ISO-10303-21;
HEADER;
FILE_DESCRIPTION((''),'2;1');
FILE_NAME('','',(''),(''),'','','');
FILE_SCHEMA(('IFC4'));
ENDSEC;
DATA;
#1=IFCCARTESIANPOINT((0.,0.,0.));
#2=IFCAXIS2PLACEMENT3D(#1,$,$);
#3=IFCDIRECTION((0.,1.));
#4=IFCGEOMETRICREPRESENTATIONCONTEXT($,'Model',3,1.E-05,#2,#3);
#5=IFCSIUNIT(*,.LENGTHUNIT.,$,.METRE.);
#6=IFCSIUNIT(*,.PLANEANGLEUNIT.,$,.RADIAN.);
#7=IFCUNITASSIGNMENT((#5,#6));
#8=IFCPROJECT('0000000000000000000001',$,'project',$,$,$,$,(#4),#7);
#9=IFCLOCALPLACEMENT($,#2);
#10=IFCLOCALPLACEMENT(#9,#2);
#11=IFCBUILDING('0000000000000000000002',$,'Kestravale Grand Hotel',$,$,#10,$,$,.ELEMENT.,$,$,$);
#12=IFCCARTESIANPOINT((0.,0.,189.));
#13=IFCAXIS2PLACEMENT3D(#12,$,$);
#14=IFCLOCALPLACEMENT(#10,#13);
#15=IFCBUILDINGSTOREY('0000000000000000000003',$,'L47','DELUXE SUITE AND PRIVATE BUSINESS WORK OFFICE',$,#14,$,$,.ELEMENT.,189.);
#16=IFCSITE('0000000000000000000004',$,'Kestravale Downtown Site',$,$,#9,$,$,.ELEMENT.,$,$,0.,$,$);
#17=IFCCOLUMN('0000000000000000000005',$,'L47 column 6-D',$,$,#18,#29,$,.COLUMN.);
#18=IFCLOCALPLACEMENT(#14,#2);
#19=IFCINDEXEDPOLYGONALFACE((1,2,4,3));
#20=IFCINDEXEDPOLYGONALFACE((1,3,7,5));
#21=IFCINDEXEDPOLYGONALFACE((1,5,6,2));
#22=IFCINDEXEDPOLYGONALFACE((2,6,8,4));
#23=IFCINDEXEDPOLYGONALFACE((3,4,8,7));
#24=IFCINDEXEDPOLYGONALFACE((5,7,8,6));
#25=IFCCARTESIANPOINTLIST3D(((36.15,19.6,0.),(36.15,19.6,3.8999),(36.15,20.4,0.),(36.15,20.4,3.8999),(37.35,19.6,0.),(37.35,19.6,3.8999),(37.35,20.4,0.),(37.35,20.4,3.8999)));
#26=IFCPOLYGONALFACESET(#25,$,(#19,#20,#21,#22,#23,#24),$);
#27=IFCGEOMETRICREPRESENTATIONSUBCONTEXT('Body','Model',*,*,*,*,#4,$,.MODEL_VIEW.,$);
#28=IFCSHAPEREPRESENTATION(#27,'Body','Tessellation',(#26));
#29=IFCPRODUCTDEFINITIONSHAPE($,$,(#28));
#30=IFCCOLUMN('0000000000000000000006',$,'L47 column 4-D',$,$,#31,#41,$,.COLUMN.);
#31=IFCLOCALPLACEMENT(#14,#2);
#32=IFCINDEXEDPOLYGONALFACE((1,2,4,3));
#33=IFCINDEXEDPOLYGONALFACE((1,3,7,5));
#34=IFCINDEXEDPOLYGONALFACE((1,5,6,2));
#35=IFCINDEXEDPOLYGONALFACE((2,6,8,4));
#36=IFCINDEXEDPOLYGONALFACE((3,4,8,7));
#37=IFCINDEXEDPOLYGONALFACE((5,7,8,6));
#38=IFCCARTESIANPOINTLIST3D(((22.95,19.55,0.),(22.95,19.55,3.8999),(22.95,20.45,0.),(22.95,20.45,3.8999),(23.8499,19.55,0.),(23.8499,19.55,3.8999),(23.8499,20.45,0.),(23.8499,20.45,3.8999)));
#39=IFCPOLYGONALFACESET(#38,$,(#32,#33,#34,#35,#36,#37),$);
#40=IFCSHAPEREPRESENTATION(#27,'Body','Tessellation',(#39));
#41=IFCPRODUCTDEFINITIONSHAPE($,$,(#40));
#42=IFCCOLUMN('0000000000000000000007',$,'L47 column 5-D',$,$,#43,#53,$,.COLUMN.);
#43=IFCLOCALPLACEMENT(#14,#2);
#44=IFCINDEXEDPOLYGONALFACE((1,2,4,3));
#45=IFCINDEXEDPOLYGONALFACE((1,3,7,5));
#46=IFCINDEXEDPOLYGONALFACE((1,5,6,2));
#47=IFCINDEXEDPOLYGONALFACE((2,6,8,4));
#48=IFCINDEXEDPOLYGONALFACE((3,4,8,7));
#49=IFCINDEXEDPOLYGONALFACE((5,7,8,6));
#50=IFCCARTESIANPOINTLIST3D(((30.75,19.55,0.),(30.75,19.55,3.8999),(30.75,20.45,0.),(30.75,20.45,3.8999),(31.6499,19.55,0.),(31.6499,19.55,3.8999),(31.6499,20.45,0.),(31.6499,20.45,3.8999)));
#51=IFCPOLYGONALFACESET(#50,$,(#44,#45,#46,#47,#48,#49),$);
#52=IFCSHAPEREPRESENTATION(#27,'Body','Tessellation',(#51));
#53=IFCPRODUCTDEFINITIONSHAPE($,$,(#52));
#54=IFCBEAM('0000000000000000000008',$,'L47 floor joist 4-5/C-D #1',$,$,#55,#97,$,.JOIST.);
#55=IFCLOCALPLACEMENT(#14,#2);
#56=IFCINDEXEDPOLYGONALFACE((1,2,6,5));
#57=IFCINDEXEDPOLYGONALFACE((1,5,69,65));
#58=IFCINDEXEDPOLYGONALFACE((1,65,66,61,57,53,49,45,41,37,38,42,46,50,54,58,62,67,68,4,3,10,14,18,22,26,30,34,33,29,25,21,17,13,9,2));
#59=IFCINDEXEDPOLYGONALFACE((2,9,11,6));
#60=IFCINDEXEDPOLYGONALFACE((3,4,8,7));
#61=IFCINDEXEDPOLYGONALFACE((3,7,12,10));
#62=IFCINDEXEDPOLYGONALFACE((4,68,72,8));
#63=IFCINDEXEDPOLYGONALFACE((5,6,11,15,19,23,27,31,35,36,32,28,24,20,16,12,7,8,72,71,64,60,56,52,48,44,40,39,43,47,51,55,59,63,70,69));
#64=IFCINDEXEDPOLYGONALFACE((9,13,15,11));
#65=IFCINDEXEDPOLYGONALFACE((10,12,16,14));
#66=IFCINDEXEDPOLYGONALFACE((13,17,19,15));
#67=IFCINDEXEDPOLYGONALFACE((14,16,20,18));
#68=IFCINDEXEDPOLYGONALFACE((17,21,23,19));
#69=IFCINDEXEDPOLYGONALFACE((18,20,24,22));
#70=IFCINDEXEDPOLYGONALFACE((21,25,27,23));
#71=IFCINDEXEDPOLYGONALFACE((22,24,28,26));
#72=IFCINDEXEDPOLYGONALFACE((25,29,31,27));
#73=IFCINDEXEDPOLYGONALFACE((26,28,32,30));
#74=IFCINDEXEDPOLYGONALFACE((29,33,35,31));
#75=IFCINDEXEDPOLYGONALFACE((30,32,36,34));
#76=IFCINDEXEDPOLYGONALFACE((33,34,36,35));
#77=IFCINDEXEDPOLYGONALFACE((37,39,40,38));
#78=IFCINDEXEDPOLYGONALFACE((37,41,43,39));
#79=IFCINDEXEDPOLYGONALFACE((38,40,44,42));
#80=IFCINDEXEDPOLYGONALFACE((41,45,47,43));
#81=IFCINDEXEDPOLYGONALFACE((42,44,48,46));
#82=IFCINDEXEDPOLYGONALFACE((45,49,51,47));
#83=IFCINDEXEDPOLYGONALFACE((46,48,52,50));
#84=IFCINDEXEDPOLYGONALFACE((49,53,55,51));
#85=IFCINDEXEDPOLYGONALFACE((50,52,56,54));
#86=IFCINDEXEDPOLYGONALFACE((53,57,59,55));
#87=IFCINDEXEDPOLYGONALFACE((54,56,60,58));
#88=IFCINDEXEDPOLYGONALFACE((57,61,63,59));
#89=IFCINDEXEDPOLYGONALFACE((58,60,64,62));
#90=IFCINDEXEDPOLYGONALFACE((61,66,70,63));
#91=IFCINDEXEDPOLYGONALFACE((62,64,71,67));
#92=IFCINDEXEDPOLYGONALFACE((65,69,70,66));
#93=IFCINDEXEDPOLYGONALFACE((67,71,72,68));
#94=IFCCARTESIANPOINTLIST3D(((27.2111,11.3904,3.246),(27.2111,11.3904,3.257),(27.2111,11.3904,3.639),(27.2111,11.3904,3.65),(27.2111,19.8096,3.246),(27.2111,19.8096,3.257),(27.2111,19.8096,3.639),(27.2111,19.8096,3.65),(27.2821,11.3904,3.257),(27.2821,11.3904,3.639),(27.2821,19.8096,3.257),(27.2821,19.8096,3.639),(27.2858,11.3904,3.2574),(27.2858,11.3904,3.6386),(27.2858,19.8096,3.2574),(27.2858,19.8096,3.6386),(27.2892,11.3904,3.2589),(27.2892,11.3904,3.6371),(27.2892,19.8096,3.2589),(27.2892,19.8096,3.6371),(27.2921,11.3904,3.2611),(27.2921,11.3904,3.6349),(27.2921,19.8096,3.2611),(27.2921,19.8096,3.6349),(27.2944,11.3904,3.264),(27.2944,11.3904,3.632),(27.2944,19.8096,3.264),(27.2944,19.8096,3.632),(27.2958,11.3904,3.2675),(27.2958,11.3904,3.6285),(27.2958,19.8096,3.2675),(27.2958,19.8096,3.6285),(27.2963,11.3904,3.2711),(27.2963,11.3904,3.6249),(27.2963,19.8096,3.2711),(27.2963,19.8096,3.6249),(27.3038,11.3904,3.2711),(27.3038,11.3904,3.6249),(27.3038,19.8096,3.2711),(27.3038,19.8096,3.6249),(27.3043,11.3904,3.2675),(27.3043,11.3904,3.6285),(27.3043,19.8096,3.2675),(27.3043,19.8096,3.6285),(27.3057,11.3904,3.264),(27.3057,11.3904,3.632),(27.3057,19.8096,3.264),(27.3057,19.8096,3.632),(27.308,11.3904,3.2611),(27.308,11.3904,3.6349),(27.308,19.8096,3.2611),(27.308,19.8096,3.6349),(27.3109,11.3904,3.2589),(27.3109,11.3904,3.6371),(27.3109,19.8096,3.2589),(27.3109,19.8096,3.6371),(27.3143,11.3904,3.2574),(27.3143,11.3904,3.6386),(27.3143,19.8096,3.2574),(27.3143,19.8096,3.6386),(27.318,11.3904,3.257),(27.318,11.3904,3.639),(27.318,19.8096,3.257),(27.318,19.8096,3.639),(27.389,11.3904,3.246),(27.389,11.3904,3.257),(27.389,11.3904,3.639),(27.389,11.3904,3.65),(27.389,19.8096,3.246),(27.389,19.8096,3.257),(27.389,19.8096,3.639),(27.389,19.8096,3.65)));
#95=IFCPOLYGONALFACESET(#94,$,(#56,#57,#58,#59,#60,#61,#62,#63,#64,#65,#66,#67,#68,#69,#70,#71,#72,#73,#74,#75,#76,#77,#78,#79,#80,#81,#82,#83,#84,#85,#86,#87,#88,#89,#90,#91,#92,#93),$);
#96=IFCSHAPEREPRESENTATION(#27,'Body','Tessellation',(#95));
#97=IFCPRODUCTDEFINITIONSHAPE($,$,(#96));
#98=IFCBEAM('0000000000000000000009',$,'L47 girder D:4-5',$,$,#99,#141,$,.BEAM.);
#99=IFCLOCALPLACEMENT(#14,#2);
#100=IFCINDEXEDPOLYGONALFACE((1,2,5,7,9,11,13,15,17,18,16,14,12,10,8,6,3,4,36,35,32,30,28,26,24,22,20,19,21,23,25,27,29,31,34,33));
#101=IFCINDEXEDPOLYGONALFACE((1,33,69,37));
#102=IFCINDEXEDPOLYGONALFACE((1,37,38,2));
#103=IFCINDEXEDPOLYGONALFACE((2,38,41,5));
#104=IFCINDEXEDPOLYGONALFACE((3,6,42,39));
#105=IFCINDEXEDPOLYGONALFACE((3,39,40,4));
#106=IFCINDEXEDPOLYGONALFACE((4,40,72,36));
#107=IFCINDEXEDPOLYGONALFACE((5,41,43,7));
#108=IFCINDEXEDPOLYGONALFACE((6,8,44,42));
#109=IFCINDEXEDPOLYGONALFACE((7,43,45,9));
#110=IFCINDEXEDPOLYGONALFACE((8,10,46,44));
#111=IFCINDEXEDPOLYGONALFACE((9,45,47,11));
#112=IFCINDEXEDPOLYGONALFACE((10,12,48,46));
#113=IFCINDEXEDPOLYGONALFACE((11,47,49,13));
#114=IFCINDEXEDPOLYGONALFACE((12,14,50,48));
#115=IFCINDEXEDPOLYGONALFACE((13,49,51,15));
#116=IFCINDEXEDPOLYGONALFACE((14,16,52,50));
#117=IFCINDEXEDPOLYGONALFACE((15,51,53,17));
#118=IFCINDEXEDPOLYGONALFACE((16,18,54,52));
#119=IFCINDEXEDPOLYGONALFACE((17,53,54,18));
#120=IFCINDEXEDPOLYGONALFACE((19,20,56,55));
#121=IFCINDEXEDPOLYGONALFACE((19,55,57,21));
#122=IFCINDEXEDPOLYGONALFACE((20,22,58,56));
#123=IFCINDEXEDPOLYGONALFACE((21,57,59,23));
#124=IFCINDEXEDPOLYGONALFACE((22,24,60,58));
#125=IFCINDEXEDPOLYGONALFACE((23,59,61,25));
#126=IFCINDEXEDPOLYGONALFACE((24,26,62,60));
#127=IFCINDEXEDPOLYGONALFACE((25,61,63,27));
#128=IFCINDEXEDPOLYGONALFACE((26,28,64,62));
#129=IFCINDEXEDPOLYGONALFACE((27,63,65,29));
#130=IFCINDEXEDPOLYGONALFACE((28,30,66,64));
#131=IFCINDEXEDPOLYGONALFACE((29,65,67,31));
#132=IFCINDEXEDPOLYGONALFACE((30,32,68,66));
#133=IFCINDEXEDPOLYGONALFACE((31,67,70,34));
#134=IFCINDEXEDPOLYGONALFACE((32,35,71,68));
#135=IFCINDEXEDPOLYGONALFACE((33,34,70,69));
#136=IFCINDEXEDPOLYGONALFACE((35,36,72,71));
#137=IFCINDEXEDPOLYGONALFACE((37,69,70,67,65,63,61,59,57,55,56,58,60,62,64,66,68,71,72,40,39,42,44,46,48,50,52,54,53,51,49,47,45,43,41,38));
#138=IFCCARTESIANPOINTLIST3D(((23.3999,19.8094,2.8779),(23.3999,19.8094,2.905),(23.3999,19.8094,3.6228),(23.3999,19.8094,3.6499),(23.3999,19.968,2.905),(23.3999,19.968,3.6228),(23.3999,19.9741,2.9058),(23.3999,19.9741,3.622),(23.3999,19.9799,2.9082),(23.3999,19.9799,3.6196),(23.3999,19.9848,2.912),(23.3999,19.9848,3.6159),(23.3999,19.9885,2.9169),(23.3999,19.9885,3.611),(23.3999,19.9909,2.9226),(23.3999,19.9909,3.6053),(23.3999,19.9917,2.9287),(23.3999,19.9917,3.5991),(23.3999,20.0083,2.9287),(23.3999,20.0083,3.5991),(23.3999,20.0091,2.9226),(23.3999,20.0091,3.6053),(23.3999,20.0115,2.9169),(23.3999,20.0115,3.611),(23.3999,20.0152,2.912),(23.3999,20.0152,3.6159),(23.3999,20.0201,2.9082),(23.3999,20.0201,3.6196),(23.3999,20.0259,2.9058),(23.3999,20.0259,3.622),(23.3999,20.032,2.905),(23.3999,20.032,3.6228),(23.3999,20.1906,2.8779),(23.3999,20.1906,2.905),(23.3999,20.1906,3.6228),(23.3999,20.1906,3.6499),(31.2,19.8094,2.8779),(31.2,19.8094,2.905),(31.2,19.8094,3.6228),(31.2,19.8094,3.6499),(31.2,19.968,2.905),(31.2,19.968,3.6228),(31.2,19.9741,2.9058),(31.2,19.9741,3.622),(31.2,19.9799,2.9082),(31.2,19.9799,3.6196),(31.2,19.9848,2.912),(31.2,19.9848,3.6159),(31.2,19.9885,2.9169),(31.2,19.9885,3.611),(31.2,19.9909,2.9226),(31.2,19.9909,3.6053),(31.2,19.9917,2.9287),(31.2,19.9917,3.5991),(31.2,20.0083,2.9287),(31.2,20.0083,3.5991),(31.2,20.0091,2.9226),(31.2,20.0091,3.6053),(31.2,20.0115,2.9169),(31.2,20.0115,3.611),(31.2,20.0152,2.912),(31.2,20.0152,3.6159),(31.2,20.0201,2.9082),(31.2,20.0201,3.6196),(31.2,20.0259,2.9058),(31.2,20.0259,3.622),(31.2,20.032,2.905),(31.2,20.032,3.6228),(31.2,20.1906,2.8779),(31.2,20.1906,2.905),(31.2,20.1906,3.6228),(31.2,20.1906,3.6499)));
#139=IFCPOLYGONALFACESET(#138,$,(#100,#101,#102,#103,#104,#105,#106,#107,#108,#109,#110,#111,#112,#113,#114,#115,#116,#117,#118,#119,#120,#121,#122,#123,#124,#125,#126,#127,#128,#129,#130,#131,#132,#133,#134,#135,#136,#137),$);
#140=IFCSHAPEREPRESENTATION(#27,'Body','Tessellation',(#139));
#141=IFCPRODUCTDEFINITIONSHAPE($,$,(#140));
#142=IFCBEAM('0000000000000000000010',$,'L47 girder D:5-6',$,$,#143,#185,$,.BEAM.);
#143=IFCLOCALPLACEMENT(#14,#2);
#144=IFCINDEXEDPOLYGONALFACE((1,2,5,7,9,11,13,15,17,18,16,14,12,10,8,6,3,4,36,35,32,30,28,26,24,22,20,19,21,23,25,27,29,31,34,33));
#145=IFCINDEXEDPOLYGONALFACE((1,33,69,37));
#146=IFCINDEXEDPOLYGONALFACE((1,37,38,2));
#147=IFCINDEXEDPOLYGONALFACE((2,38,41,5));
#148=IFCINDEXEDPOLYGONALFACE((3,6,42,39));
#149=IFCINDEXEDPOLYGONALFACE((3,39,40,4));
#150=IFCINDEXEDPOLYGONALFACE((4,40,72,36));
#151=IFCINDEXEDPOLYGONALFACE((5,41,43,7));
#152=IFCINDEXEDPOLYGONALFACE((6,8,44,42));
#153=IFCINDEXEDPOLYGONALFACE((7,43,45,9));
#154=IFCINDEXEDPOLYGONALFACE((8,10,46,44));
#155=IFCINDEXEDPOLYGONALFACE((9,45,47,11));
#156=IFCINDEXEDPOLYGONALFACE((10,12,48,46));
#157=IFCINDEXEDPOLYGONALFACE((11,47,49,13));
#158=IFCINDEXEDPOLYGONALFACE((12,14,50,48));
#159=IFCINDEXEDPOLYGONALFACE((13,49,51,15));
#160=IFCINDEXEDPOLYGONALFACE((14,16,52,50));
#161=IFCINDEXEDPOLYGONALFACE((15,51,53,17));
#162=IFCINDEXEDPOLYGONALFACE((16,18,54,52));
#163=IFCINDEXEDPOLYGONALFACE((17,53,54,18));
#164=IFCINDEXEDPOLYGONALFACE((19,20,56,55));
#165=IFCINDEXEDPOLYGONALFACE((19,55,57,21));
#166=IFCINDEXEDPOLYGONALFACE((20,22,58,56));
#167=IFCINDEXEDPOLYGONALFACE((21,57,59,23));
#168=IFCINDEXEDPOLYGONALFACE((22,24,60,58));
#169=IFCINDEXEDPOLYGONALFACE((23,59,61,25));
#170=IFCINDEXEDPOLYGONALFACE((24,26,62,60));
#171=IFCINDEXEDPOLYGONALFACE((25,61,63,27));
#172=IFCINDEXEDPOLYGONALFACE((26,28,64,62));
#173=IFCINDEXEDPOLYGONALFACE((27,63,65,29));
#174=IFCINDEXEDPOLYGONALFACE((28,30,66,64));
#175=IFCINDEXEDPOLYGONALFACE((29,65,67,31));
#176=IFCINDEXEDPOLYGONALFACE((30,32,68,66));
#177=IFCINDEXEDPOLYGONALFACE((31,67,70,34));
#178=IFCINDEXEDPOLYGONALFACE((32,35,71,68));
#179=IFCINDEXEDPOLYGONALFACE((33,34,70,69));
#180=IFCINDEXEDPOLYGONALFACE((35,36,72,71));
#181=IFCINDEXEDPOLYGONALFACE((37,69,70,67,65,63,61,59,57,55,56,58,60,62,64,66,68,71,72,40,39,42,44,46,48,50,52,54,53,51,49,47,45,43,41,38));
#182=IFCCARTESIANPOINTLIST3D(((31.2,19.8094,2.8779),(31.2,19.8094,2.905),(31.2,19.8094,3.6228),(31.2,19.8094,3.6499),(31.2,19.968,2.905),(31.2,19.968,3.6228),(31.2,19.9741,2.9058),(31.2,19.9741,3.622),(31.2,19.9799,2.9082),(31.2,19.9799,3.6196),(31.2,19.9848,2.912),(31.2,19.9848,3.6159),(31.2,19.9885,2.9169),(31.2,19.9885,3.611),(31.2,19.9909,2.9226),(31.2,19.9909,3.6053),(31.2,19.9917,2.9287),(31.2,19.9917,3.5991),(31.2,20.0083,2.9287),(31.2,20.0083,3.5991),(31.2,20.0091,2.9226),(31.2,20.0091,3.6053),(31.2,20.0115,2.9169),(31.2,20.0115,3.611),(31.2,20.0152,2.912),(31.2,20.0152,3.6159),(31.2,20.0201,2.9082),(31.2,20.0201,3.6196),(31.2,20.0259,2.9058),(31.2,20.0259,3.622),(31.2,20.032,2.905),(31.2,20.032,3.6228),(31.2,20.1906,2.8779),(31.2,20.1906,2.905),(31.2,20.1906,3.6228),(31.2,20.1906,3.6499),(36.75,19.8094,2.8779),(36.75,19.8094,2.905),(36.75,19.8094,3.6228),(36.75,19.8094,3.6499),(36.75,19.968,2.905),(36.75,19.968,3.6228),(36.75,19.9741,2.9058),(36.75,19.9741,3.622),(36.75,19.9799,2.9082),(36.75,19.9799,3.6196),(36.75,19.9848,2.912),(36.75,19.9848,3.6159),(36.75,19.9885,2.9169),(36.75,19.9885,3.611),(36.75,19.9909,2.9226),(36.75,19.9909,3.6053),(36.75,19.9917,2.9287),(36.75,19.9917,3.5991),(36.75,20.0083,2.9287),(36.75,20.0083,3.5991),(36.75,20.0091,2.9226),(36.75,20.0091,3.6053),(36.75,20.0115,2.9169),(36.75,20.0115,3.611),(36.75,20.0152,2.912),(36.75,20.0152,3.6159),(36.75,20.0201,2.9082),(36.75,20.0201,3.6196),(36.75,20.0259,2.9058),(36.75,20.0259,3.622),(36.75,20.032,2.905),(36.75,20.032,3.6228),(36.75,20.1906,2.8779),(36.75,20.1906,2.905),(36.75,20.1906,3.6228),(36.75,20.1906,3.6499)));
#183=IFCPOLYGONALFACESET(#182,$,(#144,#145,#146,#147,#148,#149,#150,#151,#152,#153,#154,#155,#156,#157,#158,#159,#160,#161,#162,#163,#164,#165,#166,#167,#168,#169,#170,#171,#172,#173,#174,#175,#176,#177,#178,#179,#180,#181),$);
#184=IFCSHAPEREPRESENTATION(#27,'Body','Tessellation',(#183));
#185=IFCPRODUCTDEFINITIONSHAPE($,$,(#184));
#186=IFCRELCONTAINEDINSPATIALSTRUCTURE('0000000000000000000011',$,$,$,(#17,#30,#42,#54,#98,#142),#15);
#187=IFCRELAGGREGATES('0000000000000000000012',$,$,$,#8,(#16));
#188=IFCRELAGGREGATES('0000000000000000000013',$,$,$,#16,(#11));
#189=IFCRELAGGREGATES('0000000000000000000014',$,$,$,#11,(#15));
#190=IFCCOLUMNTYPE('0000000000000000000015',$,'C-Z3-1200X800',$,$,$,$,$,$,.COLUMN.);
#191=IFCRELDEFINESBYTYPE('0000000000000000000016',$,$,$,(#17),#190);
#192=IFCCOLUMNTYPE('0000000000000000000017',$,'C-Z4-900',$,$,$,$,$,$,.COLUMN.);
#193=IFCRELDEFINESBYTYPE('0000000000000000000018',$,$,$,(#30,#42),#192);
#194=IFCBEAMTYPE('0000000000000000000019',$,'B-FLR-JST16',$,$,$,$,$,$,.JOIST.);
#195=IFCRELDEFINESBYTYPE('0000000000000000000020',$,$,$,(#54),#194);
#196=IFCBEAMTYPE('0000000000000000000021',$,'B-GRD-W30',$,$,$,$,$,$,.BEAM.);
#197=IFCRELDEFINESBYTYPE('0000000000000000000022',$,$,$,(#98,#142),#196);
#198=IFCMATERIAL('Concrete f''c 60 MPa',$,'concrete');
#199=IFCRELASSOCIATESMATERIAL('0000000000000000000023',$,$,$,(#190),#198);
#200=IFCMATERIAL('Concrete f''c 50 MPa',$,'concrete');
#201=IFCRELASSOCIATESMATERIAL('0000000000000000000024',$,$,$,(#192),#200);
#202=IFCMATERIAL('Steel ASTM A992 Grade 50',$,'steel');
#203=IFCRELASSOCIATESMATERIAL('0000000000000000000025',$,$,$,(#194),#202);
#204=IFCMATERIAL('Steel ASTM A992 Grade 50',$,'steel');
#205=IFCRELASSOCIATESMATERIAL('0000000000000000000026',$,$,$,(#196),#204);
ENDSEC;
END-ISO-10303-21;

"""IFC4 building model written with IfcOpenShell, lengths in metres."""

from ifc_helpers import new_model, si_unit, direction, frame, origin, origin_2d, place, context, subcontext, project, spatial, rectangle, i_section, extrude, material, material_profile, profile_set, type_object, element, save


model = new_model("IFC4")

# Units and contexts
model_context = context("Model", 3, precision=1e-05, world=origin(), true_north=direction((0.0, 1.0)))
body_context = subcontext(model_context, "Body", "Model", "MODEL_VIEW")
ifc_project = project(units=[si_unit("LENGTHUNIT", "METRE"), si_unit("PLANEANGLEUNIT", "RADIAN")], contexts=[model_context])

# Site, building, storey
site_placement = place(None, origin())
site = spatial("IfcSite", under=ifc_project, at=site_placement, Name="Kestravale Downtown Site", CompositionType="ELEMENT", RefElevation=0.0)
building_placement = place(site_placement, origin())
building = spatial("IfcBuilding", under=site, at=building_placement, Name="Kestravale Grand Hotel", CompositionType="ELEMENT")
storey_placement = place(building_placement, frame((0.0, 0.0, 189.0)))
storey = spatial("IfcBuildingStorey", under=building, at=storey_placement, Name="L47", Description="DELUXE SUITE AND PRIVATE BUSINESS WORK OFFICE", CompositionType="ELEMENT", Elevation=189.0)

# Columns
ifc_material_1 = material(Name="Concrete f'c 60 MPa", Category="concrete")
ifc_material_profile_1 = material_profile(ifc_material_1, rectangle(XDim=1.2, YDim=0.8, at=origin_2d()))
ifc_profile_set_1 = profile_set([ifc_material_profile_1], Name="Concrete f'c 60 MPa")
column_type_1 = type_object("IfcColumnType", Name="C-Z3-1200X800", PredefinedType="COLUMN", material=ifc_profile_set_1)
column_placement = place(storey_placement, frame((36.75, 20.0, 0.0), z_axis=(0.0, 0.0, 1.0), x_axis=(1.0, 0.0, 0.0)))
element("IfcColumn", 1, at=column_placement, inside=storey, type_object=column_type_1, Name="L47 column 6-D", PredefinedType="COLUMN", context=body_context, shape_type="SweptSolid", body=[
    extrude(rectangle(XDim=1.2, YDim=0.8, at=origin_2d()), origin(), (0.0, 0.0, 1.0), 3.8999),
])
ifc_material_2 = material(Name="Concrete f'c 50 MPa", Category="concrete")
ifc_material_profile_2 = material_profile(ifc_material_2, rectangle(XDim=0.8999, YDim=0.8999, at=origin_2d()))
ifc_profile_set_2 = profile_set([ifc_material_profile_2], Name="Concrete f'c 50 MPa")
column_type_2 = type_object("IfcColumnType", Name="C-Z4-900", PredefinedType="COLUMN", material=ifc_profile_set_2)
for number, where, z_axis, x_axis, name in (
    (2, (23.3999, 20.0, 0.0), (0.0, 0.0, 1.0), (1.0, 0.0, 0.0), "L47 column 4-D"),
    (3, (31.2, 20.0, 0.0), (0.0, 0.0, 1.0), (1.0, 0.0, 0.0), "L47 column 5-D"),
):
    element("IfcColumn", number, at=place(storey_placement, frame(where, z_axis=z_axis, x_axis=x_axis)), inside=storey, type_object=column_type_2, Name=name, PredefinedType="COLUMN", context=body_context, shape_type="SweptSolid", body=[
        extrude(rectangle(XDim=0.8999, YDim=0.8999, at=origin_2d()), origin(), (0.0, 0.0, 1.0), 3.8999),
    ])

# Beams
ifc_material_3 = material(Name="Steel ASTM A992 Grade 50", Category="steel")
ifc_material_profile_3 = material_profile(ifc_material_3, i_section(OverallWidth=0.178, OverallDepth=0.4041, WebThickness=0.0076, FlangeThickness=0.011, FilletRadius=0.0142, at=origin_2d()))
ifc_profile_set_3 = profile_set([ifc_material_profile_3], Name="Steel ASTM A992 Grade 50")
beam_type_1 = type_object("IfcBeamType", Name="B-FLR-JST16", PredefinedType="JOIST", material=ifc_profile_set_3)
beam_1_placement = place(storey_placement, frame((27.3, 11.3904, 3.448), z_axis=(0.0, 1.0, 0.0), x_axis=(-1.0, 0.0, 0.0)))
element("IfcBeam", 4, at=beam_1_placement, inside=storey, type_object=beam_type_1, Name="L47 floor joist 4-5/C-D #1", PredefinedType="JOIST", context=body_context, shape_type="SweptSolid", body=[
    extrude(i_section(OverallWidth=0.178, OverallDepth=0.4041, WebThickness=0.0076, FlangeThickness=0.011, FilletRadius=0.0142, at=origin_2d()), origin(), (0.0, 0.0, 1.0), 8.4192),
])
ifc_material_4 = material(Name="Steel ASTM A992 Grade 50", Category="steel")
ifc_material_profile_4 = material_profile(ifc_material_4, i_section(OverallWidth=0.3811, OverallDepth=0.772, WebThickness=0.0166, FlangeThickness=0.0271, FilletRadius=0.0237, at=origin_2d()))
ifc_profile_set_4 = profile_set([ifc_material_profile_4], Name="Steel ASTM A992 Grade 50")
beam_type_2 = type_object("IfcBeamType", Name="B-GRD-W30", PredefinedType="BEAM", material=ifc_profile_set_4)
beam_2_placement = place(storey_placement, frame((23.3999, 20.0, 3.2639), z_axis=(1.0, 0.0, 0.0), x_axis=(0.0, 1.0, 0.0)))
element("IfcBeam", 5, at=beam_2_placement, inside=storey, type_object=beam_type_2, Name="L47 girder D:4-5", PredefinedType="BEAM", context=body_context, shape_type="SweptSolid", body=[
    extrude(i_section(OverallWidth=0.3811, OverallDepth=0.772, WebThickness=0.0166, FlangeThickness=0.0271, FilletRadius=0.0237, at=origin_2d()), origin(), (0.0, 0.0, 1.0), 7.8),
])
beam_3_placement = place(storey_placement, frame((31.2, 20.0, 3.2639), z_axis=(1.0, 0.0, 0.0), x_axis=(0.0, 1.0, 0.0)))
element("IfcBeam", 6, at=beam_3_placement, inside=storey, type_object=beam_type_2, Name="L47 girder D:5-6", PredefinedType="BEAM", context=body_context, shape_type="SweptSolid", body=[
    extrude(i_section(OverallWidth=0.3811, OverallDepth=0.772, WebThickness=0.0166, FlangeThickness=0.0271, FilletRadius=0.0237, at=origin_2d()), origin(), (0.0, 0.0, 1.0), 5.55),
])

save(model, "model.ifc")
